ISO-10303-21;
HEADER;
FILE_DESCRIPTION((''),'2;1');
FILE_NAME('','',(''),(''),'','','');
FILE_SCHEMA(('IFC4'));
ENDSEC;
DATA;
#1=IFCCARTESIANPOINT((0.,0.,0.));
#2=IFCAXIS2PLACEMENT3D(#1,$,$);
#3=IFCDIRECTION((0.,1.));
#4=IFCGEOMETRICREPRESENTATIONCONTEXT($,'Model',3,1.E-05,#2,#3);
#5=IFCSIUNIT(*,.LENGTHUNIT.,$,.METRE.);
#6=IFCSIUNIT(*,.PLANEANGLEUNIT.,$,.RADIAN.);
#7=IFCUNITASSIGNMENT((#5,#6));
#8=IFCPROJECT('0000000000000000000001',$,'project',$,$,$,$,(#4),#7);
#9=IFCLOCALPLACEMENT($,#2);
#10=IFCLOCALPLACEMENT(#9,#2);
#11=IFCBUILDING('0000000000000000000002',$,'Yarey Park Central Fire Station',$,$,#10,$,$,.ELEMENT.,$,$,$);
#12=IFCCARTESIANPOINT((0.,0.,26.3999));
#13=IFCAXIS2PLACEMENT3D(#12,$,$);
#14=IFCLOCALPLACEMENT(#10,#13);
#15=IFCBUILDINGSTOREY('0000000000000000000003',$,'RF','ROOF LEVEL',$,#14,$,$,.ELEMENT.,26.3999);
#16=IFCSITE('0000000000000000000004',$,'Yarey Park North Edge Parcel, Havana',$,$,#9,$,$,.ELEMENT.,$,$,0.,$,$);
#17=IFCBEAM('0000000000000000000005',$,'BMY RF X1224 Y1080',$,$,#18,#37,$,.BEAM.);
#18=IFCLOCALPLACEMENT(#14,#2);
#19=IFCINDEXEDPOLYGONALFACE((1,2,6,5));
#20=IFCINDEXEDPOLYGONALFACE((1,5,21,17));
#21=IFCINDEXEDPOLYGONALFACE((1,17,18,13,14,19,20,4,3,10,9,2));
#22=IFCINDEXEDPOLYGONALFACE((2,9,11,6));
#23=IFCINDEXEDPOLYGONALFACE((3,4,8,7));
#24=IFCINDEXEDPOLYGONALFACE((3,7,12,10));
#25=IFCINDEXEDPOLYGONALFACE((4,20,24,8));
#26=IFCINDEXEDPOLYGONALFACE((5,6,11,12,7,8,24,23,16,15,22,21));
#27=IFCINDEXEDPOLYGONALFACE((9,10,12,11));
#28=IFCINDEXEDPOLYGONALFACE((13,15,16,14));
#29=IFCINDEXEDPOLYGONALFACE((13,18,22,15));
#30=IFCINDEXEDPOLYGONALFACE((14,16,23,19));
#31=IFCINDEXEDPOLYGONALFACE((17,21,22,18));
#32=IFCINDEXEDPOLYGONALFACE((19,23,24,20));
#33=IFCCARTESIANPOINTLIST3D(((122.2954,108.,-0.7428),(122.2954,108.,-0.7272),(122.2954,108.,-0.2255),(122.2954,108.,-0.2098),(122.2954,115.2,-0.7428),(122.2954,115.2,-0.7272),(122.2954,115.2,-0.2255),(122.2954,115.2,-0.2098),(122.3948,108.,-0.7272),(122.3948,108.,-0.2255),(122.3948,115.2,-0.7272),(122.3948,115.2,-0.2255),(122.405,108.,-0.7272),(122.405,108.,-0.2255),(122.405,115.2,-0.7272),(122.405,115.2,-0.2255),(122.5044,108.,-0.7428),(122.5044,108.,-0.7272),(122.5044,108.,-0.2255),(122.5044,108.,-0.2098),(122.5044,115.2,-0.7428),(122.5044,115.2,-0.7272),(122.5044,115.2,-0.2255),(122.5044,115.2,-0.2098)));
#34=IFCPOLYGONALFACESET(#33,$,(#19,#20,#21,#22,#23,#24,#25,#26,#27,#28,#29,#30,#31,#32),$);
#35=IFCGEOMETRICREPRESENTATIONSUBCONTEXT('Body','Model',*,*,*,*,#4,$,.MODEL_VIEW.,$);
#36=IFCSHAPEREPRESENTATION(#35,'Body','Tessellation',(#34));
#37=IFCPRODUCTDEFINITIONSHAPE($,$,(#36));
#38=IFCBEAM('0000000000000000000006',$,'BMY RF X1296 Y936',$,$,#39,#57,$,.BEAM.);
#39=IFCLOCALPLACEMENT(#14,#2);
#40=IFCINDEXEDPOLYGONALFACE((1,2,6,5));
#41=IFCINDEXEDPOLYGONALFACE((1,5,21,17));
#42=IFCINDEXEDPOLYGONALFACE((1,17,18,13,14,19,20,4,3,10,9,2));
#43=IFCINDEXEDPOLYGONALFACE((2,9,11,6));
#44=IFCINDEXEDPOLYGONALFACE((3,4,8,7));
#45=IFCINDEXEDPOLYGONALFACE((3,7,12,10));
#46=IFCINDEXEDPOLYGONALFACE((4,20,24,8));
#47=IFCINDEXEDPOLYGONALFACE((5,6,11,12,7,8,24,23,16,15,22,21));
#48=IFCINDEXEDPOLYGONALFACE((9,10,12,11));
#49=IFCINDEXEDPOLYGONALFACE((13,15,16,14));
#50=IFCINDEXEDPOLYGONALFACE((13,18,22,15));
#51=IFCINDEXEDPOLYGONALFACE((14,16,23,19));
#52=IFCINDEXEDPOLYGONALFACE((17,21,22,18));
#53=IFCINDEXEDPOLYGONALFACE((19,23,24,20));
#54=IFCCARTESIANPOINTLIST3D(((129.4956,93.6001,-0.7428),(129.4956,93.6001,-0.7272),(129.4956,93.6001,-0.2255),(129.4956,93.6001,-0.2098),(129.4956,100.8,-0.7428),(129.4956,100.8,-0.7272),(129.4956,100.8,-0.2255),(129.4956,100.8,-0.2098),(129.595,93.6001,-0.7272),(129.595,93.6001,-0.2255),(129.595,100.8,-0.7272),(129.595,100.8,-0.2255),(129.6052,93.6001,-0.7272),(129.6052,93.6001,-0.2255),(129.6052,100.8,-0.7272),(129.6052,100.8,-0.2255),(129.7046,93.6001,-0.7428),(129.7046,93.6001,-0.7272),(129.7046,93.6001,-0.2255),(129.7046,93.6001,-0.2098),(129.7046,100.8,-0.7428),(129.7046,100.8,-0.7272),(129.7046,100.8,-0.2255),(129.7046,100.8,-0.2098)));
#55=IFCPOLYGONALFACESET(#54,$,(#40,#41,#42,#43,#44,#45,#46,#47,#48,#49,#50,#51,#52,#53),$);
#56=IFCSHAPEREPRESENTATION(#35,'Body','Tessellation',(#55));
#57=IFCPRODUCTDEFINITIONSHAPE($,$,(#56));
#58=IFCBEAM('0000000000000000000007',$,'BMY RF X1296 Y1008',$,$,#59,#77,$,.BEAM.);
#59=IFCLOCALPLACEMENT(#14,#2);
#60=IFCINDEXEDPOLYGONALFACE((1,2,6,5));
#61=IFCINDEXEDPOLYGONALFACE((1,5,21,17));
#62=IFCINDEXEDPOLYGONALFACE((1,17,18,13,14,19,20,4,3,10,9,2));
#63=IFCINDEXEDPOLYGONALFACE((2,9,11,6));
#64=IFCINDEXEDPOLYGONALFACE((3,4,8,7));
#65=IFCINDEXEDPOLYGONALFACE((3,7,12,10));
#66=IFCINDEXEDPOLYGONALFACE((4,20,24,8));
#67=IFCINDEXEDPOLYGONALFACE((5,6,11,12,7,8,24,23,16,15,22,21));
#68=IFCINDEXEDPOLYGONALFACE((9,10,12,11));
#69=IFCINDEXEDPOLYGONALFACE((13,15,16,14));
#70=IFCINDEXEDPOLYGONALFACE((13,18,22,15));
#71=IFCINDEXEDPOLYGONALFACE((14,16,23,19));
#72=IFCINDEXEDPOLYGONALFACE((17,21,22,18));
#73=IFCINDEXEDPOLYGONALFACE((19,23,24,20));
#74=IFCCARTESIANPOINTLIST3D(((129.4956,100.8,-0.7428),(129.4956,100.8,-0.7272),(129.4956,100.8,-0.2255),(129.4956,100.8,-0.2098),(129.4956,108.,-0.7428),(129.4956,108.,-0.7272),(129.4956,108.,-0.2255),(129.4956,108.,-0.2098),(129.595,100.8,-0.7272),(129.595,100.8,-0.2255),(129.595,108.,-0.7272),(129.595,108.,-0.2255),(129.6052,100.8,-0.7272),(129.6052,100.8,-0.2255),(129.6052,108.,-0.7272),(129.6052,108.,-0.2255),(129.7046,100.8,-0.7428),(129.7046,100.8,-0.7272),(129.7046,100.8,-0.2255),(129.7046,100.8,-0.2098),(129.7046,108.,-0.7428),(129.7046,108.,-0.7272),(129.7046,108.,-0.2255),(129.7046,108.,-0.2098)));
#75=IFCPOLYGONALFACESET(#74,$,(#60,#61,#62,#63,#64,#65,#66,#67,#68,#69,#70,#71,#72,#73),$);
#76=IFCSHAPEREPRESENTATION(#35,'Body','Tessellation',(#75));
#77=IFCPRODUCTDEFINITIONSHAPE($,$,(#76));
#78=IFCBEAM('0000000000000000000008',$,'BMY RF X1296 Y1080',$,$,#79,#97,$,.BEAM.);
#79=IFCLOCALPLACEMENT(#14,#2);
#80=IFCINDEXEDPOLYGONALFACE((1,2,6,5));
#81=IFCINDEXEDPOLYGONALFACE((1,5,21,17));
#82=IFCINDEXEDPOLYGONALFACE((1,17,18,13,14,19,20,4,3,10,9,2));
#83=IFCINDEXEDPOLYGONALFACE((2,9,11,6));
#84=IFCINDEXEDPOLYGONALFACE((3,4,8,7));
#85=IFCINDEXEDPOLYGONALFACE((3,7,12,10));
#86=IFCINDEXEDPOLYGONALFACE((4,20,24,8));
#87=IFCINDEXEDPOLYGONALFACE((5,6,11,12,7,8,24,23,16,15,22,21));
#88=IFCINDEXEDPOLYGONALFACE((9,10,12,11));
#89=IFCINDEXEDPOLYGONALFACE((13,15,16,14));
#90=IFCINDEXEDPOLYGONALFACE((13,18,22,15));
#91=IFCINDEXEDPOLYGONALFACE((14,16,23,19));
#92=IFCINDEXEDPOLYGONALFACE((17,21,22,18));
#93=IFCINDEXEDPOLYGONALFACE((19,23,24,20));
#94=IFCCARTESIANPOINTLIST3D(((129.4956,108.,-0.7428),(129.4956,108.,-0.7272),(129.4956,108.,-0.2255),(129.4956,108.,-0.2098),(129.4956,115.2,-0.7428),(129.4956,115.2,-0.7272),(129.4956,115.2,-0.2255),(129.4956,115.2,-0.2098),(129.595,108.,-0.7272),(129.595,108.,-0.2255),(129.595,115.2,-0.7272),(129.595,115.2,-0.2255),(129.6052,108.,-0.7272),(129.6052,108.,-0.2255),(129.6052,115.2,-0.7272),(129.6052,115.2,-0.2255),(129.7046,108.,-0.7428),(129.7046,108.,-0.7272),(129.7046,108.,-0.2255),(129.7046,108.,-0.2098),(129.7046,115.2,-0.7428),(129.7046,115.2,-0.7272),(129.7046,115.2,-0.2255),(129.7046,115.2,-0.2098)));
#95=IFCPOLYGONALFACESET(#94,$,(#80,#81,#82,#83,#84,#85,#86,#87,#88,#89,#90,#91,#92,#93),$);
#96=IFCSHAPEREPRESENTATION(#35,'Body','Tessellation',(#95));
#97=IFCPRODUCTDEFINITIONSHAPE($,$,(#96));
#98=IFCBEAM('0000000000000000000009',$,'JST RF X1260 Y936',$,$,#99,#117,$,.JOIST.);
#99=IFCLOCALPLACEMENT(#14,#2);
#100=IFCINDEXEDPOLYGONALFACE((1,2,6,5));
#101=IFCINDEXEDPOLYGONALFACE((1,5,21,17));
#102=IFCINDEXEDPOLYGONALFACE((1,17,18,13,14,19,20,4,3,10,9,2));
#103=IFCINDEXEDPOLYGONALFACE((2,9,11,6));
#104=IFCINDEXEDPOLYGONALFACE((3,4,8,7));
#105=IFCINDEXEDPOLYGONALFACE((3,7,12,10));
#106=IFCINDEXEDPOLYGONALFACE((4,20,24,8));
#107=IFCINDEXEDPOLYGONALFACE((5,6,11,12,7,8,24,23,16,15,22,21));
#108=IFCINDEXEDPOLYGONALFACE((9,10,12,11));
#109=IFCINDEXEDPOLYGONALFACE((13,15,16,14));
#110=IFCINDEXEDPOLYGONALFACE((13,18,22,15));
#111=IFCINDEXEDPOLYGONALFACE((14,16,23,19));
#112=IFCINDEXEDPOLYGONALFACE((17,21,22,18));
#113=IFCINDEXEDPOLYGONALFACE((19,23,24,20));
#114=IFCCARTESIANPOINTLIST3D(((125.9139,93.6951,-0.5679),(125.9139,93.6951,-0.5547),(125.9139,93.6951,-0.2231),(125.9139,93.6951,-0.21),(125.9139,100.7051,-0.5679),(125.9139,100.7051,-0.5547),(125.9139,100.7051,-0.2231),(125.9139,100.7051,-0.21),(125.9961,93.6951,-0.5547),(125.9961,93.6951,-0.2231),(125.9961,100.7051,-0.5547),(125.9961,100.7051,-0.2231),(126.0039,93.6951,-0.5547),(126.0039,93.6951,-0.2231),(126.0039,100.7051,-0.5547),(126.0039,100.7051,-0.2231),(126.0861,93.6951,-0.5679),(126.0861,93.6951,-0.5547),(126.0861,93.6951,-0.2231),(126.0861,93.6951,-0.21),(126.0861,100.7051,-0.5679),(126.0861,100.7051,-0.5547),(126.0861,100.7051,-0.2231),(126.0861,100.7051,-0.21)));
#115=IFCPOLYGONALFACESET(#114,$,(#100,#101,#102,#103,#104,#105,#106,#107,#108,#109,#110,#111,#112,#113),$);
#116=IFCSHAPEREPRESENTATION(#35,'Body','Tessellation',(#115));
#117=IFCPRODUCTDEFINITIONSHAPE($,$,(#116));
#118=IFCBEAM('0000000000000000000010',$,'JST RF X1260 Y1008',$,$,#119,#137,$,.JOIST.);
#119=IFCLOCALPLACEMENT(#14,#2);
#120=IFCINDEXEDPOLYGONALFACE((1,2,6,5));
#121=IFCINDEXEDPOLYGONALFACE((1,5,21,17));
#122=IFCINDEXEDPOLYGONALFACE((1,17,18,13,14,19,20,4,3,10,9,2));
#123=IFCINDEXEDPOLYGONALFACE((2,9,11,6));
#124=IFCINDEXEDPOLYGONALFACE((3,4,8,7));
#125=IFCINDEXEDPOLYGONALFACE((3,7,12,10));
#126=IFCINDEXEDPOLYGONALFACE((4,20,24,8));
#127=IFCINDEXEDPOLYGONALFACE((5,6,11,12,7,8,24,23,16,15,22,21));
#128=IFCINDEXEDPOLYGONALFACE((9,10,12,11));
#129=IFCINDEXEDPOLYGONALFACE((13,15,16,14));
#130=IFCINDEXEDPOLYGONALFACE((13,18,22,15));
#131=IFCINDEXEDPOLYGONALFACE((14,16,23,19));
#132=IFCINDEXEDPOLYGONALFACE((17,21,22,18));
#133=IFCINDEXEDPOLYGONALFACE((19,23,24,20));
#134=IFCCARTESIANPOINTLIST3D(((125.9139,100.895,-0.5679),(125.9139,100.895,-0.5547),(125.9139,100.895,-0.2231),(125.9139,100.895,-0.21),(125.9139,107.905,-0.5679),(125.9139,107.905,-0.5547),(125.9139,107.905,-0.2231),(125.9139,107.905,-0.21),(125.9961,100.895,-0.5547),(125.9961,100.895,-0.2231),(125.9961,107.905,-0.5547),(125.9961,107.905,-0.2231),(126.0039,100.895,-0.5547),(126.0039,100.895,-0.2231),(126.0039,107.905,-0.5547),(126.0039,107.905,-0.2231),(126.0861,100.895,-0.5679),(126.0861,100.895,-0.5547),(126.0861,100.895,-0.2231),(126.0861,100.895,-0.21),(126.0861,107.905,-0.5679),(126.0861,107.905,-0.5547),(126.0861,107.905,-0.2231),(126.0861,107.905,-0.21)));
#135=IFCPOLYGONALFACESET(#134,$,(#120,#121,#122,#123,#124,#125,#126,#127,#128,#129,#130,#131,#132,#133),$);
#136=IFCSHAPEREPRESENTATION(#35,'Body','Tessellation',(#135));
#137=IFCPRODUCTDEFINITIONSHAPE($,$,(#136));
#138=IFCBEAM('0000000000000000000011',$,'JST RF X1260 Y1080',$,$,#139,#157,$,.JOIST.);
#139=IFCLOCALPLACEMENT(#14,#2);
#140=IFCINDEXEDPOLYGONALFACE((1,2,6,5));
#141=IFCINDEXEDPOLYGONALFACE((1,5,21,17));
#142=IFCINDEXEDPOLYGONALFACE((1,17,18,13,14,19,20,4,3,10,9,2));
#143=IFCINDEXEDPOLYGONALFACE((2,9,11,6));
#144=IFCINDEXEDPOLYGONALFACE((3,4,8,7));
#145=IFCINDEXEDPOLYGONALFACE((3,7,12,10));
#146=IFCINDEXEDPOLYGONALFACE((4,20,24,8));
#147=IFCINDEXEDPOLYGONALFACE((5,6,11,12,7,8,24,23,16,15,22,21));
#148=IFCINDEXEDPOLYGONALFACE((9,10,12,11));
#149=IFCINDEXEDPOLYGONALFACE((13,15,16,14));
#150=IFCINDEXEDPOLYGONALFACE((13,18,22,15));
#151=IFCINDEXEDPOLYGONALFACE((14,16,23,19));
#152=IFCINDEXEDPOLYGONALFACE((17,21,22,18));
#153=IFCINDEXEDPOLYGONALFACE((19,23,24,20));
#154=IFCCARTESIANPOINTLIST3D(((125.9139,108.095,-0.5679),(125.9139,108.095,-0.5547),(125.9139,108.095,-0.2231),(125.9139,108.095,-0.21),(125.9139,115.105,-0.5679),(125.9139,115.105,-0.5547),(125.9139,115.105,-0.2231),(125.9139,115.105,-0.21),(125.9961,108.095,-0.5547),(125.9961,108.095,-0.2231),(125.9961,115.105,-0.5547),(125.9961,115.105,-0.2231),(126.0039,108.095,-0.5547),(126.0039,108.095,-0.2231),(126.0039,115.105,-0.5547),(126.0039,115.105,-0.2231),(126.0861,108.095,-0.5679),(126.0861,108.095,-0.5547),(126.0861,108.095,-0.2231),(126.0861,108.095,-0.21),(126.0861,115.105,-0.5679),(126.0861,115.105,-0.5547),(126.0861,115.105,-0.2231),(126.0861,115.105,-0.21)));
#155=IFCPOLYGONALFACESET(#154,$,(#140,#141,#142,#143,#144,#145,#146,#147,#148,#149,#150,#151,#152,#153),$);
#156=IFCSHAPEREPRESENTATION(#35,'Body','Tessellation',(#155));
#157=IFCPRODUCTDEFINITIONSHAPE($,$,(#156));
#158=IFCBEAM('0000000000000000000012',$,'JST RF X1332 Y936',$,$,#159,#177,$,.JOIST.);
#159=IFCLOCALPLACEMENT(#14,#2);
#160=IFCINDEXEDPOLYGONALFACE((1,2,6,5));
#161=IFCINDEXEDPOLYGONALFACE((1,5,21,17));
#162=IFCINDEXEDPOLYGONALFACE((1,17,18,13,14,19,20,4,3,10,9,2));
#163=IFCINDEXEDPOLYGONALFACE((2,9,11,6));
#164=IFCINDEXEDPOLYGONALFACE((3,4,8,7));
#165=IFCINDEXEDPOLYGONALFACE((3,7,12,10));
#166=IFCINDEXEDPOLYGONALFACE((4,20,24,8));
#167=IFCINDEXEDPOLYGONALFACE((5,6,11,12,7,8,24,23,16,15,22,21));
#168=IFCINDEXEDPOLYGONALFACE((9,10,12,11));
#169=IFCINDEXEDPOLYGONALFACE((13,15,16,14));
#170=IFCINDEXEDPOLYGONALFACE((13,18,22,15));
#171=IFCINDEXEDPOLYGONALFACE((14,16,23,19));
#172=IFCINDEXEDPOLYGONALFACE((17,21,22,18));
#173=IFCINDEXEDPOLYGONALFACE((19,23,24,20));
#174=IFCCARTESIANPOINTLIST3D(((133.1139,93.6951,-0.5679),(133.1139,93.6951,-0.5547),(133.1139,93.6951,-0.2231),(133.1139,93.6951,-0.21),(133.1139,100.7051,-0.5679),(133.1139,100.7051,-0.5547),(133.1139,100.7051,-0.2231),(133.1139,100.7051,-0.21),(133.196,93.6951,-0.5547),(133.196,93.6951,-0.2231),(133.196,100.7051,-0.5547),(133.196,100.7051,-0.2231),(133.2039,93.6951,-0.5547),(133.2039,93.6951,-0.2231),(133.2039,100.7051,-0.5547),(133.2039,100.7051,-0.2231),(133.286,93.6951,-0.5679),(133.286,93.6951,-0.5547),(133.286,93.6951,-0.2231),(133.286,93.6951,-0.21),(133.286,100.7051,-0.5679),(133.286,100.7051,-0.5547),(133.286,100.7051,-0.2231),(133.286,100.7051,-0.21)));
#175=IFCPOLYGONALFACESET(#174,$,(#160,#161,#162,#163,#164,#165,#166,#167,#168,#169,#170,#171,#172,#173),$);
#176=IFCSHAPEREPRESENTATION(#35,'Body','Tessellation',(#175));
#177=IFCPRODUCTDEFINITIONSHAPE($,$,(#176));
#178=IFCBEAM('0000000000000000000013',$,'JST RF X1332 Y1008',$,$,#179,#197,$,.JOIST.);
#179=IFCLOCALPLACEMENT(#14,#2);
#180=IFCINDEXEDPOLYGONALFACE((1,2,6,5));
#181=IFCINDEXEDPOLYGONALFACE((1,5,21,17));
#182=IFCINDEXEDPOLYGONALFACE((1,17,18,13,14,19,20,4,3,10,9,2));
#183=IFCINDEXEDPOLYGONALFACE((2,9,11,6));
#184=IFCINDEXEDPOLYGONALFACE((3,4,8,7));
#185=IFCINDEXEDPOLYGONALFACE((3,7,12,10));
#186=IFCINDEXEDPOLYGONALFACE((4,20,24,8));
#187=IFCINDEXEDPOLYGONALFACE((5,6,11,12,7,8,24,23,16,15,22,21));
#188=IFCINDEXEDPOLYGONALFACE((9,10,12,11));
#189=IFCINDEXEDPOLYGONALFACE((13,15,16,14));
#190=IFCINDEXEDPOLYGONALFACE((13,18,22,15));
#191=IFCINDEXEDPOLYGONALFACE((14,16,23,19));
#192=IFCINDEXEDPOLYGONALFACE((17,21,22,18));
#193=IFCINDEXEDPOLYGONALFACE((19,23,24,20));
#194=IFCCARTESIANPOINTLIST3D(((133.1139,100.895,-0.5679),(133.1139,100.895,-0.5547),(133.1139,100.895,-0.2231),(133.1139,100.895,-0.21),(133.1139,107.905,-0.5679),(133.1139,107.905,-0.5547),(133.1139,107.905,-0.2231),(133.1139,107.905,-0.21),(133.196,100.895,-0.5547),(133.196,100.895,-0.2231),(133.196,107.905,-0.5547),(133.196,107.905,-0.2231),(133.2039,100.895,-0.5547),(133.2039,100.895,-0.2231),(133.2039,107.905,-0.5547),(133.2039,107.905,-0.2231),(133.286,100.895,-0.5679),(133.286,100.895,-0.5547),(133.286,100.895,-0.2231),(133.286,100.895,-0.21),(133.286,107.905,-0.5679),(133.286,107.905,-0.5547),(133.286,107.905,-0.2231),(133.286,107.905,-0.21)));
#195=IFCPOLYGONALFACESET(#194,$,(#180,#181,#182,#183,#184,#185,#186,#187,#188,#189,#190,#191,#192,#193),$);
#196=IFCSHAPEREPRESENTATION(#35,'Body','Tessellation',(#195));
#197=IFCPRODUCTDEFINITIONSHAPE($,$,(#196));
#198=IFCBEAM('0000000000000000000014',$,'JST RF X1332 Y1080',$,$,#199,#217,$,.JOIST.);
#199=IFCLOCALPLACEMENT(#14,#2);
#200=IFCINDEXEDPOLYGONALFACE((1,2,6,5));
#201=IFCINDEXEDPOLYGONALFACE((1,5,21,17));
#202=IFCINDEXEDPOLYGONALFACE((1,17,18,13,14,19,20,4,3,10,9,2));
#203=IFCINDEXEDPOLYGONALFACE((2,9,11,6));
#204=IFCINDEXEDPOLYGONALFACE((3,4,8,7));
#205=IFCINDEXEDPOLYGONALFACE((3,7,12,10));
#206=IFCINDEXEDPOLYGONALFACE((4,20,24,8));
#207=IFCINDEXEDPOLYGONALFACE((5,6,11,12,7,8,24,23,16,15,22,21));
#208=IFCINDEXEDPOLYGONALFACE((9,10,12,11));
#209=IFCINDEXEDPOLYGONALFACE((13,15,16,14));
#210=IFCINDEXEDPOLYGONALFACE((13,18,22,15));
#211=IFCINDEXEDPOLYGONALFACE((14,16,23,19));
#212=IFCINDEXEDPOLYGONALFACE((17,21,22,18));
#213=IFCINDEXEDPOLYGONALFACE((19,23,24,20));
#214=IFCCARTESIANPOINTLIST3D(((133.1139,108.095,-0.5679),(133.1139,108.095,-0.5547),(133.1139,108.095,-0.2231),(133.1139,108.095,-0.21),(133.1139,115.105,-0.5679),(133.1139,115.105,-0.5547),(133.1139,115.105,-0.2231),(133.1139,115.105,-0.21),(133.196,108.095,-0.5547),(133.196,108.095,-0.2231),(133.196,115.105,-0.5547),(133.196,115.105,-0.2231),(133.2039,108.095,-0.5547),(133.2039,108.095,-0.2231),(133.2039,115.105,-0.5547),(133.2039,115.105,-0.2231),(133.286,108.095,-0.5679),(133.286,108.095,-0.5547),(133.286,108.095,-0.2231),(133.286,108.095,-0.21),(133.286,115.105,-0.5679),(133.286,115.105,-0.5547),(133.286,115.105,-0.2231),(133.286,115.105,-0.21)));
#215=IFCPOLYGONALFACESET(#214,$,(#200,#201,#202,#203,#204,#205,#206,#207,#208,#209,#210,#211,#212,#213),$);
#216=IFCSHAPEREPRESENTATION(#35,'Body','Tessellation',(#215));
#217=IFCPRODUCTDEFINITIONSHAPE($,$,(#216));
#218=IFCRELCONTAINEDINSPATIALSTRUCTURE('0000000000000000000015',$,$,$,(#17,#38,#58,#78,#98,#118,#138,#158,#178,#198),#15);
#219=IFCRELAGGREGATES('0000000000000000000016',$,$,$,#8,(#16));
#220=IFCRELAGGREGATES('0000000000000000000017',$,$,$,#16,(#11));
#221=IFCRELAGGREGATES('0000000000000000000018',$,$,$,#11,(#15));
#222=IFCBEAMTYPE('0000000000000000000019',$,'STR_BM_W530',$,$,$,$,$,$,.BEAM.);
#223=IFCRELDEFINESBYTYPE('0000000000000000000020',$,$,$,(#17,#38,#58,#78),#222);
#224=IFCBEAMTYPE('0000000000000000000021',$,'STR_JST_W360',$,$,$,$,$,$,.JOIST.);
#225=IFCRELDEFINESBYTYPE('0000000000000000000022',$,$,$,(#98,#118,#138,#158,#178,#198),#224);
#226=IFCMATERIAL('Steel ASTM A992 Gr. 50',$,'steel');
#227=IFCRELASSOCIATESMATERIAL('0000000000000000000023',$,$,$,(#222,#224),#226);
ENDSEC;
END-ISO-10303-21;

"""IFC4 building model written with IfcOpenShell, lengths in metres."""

from ifc_helpers import new_model, si_unit, direction, frame, origin, origin_2d, place, context, subcontext, project, spatial, i_section, extrude, material, material_profile, profile_set, type_object, element, save


model = new_model("IFC4")

# Units and contexts
model_context = context("Model", 3, precision=1e-05, world=origin(), true_north=direction((0.0, 1.0)))
body_context = subcontext(model_context, "Body", "Model", "MODEL_VIEW")
ifc_project = project(units=[si_unit("LENGTHUNIT", "METRE"), si_unit("PLANEANGLEUNIT", "RADIAN")], contexts=[model_context])

# Site, building, storey
site_placement = place(None, origin())
site = spatial("IfcSite", under=ifc_project, at=site_placement, Name="Yarey Park North Edge Parcel, Havana", CompositionType="ELEMENT", RefElevation=0.0)
building_placement = place(site_placement, origin())
building = spatial("IfcBuilding", under=site, at=building_placement, Name="Yarey Park Central Fire Station", CompositionType="ELEMENT")
storey_placement = place(building_placement, frame((0.0, 0.0, 26.3999)))
storey = spatial("IfcBuildingStorey", under=building, at=storey_placement, Name="RF", Description="ROOF LEVEL", CompositionType="ELEMENT", Elevation=26.3999)

# Beams
ifc_material = material(Name="Steel ASTM A992 Gr. 50", Category="steel")
ifc_material_profile_1 = material_profile(ifc_material, i_section(OverallWidth=0.209, OverallDepth=0.533, WebThickness=0.0103, FlangeThickness=0.0156, at=origin_2d()), Name="W530x92")
ifc_profile_set_1 = profile_set([ifc_material_profile_1], Name="Steel ASTM A992 Gr. 50")
beam_type_1 = type_object("IfcBeamType", Name="STR_BM_W530", PredefinedType="BEAM", material=ifc_profile_set_1)
for number, where, z_axis, x_axis, name in (
    (1, (122.3999, 108.0, -0.4763), (0.0, 1.0, 0.0), (-1.0, 0.0, 0.0), "BMY RF X1224 Y1080"),
    (2, (129.6001, 93.6001, -0.4763), (0.0, 1.0, 0.0), (-1.0, 0.0, 0.0), "BMY RF X1296 Y936"),
    (3, (129.6001, 100.8, -0.4763), (0.0, 1.0, 0.0), (-1.0, 0.0, 0.0), "BMY RF X1296 Y1008"),
    (4, (129.6001, 108.0, -0.4763), (0.0, 1.0, 0.0), (-1.0, 0.0, 0.0), "BMY RF X1296 Y1080"),
):
    element("IfcBeam", number, at=place(storey_placement, frame(where, z_axis=z_axis, x_axis=x_axis)), inside=storey, type_object=beam_type_1, Name=name, PredefinedType="BEAM", context=body_context, shape_type="SweptSolid", body=[
        extrude(i_section(OverallWidth=0.209, OverallDepth=0.533, WebThickness=0.0103, FlangeThickness=0.0156, at=origin_2d()), origin(), (0.0, 0.0, 1.0), 7.2),
    ])
ifc_material_profile_2 = material_profile(ifc_material, i_section(OverallWidth=0.1721, OverallDepth=0.3579, WebThickness=0.0078, FlangeThickness=0.0132, at=origin_2d()), Name="W360x57")
ifc_profile_set_2 = profile_set([ifc_material_profile_2], Name="Steel ASTM A992 Gr. 50")
beam_type_2 = type_object("IfcBeamType", Name="STR_JST_W360", PredefinedType="JOIST", material=ifc_profile_set_2)
for number, where, z_axis, x_axis, name in (
    (5, (126.0, 93.6951, -0.3889), (0.0, 1.0, 0.0), (-1.0, 0.0, 0.0), "JST RF X1260 Y936"),
    (6, (126.0, 100.895, -0.3889), (0.0, 1.0, 0.0), (-1.0, 0.0, 0.0), "JST RF X1260 Y1008"),
    (7, (126.0, 108.095, -0.3889), (0.0, 1.0, 0.0), (-1.0, 0.0, 0.0), "JST RF X1260 Y1080"),
    (8, (133.2, 93.6951, -0.3889), (0.0, 1.0, 0.0), (-1.0, 0.0, 0.0), "JST RF X1332 Y936"),
    (9, (133.2, 100.895, -0.3889), (0.0, 1.0, 0.0), (-1.0, 0.0, 0.0), "JST RF X1332 Y1008"),
    (10, (133.2, 108.095, -0.3889), (0.0, 1.0, 0.0), (-1.0, 0.0, 0.0), "JST RF X1332 Y1080"),
):
    element("IfcBeam", number, at=place(storey_placement, frame(where, z_axis=z_axis, x_axis=x_axis)), inside=storey, type_object=beam_type_2, Name=name, PredefinedType="JOIST", context=body_context, shape_type="SweptSolid", body=[
        extrude(i_section(OverallWidth=0.1721, OverallDepth=0.3579, WebThickness=0.0078, FlangeThickness=0.0132, at=origin_2d()), origin(), (0.0, 0.0, 1.0), 7.01),
    ])

save(model, "model.ifc")
